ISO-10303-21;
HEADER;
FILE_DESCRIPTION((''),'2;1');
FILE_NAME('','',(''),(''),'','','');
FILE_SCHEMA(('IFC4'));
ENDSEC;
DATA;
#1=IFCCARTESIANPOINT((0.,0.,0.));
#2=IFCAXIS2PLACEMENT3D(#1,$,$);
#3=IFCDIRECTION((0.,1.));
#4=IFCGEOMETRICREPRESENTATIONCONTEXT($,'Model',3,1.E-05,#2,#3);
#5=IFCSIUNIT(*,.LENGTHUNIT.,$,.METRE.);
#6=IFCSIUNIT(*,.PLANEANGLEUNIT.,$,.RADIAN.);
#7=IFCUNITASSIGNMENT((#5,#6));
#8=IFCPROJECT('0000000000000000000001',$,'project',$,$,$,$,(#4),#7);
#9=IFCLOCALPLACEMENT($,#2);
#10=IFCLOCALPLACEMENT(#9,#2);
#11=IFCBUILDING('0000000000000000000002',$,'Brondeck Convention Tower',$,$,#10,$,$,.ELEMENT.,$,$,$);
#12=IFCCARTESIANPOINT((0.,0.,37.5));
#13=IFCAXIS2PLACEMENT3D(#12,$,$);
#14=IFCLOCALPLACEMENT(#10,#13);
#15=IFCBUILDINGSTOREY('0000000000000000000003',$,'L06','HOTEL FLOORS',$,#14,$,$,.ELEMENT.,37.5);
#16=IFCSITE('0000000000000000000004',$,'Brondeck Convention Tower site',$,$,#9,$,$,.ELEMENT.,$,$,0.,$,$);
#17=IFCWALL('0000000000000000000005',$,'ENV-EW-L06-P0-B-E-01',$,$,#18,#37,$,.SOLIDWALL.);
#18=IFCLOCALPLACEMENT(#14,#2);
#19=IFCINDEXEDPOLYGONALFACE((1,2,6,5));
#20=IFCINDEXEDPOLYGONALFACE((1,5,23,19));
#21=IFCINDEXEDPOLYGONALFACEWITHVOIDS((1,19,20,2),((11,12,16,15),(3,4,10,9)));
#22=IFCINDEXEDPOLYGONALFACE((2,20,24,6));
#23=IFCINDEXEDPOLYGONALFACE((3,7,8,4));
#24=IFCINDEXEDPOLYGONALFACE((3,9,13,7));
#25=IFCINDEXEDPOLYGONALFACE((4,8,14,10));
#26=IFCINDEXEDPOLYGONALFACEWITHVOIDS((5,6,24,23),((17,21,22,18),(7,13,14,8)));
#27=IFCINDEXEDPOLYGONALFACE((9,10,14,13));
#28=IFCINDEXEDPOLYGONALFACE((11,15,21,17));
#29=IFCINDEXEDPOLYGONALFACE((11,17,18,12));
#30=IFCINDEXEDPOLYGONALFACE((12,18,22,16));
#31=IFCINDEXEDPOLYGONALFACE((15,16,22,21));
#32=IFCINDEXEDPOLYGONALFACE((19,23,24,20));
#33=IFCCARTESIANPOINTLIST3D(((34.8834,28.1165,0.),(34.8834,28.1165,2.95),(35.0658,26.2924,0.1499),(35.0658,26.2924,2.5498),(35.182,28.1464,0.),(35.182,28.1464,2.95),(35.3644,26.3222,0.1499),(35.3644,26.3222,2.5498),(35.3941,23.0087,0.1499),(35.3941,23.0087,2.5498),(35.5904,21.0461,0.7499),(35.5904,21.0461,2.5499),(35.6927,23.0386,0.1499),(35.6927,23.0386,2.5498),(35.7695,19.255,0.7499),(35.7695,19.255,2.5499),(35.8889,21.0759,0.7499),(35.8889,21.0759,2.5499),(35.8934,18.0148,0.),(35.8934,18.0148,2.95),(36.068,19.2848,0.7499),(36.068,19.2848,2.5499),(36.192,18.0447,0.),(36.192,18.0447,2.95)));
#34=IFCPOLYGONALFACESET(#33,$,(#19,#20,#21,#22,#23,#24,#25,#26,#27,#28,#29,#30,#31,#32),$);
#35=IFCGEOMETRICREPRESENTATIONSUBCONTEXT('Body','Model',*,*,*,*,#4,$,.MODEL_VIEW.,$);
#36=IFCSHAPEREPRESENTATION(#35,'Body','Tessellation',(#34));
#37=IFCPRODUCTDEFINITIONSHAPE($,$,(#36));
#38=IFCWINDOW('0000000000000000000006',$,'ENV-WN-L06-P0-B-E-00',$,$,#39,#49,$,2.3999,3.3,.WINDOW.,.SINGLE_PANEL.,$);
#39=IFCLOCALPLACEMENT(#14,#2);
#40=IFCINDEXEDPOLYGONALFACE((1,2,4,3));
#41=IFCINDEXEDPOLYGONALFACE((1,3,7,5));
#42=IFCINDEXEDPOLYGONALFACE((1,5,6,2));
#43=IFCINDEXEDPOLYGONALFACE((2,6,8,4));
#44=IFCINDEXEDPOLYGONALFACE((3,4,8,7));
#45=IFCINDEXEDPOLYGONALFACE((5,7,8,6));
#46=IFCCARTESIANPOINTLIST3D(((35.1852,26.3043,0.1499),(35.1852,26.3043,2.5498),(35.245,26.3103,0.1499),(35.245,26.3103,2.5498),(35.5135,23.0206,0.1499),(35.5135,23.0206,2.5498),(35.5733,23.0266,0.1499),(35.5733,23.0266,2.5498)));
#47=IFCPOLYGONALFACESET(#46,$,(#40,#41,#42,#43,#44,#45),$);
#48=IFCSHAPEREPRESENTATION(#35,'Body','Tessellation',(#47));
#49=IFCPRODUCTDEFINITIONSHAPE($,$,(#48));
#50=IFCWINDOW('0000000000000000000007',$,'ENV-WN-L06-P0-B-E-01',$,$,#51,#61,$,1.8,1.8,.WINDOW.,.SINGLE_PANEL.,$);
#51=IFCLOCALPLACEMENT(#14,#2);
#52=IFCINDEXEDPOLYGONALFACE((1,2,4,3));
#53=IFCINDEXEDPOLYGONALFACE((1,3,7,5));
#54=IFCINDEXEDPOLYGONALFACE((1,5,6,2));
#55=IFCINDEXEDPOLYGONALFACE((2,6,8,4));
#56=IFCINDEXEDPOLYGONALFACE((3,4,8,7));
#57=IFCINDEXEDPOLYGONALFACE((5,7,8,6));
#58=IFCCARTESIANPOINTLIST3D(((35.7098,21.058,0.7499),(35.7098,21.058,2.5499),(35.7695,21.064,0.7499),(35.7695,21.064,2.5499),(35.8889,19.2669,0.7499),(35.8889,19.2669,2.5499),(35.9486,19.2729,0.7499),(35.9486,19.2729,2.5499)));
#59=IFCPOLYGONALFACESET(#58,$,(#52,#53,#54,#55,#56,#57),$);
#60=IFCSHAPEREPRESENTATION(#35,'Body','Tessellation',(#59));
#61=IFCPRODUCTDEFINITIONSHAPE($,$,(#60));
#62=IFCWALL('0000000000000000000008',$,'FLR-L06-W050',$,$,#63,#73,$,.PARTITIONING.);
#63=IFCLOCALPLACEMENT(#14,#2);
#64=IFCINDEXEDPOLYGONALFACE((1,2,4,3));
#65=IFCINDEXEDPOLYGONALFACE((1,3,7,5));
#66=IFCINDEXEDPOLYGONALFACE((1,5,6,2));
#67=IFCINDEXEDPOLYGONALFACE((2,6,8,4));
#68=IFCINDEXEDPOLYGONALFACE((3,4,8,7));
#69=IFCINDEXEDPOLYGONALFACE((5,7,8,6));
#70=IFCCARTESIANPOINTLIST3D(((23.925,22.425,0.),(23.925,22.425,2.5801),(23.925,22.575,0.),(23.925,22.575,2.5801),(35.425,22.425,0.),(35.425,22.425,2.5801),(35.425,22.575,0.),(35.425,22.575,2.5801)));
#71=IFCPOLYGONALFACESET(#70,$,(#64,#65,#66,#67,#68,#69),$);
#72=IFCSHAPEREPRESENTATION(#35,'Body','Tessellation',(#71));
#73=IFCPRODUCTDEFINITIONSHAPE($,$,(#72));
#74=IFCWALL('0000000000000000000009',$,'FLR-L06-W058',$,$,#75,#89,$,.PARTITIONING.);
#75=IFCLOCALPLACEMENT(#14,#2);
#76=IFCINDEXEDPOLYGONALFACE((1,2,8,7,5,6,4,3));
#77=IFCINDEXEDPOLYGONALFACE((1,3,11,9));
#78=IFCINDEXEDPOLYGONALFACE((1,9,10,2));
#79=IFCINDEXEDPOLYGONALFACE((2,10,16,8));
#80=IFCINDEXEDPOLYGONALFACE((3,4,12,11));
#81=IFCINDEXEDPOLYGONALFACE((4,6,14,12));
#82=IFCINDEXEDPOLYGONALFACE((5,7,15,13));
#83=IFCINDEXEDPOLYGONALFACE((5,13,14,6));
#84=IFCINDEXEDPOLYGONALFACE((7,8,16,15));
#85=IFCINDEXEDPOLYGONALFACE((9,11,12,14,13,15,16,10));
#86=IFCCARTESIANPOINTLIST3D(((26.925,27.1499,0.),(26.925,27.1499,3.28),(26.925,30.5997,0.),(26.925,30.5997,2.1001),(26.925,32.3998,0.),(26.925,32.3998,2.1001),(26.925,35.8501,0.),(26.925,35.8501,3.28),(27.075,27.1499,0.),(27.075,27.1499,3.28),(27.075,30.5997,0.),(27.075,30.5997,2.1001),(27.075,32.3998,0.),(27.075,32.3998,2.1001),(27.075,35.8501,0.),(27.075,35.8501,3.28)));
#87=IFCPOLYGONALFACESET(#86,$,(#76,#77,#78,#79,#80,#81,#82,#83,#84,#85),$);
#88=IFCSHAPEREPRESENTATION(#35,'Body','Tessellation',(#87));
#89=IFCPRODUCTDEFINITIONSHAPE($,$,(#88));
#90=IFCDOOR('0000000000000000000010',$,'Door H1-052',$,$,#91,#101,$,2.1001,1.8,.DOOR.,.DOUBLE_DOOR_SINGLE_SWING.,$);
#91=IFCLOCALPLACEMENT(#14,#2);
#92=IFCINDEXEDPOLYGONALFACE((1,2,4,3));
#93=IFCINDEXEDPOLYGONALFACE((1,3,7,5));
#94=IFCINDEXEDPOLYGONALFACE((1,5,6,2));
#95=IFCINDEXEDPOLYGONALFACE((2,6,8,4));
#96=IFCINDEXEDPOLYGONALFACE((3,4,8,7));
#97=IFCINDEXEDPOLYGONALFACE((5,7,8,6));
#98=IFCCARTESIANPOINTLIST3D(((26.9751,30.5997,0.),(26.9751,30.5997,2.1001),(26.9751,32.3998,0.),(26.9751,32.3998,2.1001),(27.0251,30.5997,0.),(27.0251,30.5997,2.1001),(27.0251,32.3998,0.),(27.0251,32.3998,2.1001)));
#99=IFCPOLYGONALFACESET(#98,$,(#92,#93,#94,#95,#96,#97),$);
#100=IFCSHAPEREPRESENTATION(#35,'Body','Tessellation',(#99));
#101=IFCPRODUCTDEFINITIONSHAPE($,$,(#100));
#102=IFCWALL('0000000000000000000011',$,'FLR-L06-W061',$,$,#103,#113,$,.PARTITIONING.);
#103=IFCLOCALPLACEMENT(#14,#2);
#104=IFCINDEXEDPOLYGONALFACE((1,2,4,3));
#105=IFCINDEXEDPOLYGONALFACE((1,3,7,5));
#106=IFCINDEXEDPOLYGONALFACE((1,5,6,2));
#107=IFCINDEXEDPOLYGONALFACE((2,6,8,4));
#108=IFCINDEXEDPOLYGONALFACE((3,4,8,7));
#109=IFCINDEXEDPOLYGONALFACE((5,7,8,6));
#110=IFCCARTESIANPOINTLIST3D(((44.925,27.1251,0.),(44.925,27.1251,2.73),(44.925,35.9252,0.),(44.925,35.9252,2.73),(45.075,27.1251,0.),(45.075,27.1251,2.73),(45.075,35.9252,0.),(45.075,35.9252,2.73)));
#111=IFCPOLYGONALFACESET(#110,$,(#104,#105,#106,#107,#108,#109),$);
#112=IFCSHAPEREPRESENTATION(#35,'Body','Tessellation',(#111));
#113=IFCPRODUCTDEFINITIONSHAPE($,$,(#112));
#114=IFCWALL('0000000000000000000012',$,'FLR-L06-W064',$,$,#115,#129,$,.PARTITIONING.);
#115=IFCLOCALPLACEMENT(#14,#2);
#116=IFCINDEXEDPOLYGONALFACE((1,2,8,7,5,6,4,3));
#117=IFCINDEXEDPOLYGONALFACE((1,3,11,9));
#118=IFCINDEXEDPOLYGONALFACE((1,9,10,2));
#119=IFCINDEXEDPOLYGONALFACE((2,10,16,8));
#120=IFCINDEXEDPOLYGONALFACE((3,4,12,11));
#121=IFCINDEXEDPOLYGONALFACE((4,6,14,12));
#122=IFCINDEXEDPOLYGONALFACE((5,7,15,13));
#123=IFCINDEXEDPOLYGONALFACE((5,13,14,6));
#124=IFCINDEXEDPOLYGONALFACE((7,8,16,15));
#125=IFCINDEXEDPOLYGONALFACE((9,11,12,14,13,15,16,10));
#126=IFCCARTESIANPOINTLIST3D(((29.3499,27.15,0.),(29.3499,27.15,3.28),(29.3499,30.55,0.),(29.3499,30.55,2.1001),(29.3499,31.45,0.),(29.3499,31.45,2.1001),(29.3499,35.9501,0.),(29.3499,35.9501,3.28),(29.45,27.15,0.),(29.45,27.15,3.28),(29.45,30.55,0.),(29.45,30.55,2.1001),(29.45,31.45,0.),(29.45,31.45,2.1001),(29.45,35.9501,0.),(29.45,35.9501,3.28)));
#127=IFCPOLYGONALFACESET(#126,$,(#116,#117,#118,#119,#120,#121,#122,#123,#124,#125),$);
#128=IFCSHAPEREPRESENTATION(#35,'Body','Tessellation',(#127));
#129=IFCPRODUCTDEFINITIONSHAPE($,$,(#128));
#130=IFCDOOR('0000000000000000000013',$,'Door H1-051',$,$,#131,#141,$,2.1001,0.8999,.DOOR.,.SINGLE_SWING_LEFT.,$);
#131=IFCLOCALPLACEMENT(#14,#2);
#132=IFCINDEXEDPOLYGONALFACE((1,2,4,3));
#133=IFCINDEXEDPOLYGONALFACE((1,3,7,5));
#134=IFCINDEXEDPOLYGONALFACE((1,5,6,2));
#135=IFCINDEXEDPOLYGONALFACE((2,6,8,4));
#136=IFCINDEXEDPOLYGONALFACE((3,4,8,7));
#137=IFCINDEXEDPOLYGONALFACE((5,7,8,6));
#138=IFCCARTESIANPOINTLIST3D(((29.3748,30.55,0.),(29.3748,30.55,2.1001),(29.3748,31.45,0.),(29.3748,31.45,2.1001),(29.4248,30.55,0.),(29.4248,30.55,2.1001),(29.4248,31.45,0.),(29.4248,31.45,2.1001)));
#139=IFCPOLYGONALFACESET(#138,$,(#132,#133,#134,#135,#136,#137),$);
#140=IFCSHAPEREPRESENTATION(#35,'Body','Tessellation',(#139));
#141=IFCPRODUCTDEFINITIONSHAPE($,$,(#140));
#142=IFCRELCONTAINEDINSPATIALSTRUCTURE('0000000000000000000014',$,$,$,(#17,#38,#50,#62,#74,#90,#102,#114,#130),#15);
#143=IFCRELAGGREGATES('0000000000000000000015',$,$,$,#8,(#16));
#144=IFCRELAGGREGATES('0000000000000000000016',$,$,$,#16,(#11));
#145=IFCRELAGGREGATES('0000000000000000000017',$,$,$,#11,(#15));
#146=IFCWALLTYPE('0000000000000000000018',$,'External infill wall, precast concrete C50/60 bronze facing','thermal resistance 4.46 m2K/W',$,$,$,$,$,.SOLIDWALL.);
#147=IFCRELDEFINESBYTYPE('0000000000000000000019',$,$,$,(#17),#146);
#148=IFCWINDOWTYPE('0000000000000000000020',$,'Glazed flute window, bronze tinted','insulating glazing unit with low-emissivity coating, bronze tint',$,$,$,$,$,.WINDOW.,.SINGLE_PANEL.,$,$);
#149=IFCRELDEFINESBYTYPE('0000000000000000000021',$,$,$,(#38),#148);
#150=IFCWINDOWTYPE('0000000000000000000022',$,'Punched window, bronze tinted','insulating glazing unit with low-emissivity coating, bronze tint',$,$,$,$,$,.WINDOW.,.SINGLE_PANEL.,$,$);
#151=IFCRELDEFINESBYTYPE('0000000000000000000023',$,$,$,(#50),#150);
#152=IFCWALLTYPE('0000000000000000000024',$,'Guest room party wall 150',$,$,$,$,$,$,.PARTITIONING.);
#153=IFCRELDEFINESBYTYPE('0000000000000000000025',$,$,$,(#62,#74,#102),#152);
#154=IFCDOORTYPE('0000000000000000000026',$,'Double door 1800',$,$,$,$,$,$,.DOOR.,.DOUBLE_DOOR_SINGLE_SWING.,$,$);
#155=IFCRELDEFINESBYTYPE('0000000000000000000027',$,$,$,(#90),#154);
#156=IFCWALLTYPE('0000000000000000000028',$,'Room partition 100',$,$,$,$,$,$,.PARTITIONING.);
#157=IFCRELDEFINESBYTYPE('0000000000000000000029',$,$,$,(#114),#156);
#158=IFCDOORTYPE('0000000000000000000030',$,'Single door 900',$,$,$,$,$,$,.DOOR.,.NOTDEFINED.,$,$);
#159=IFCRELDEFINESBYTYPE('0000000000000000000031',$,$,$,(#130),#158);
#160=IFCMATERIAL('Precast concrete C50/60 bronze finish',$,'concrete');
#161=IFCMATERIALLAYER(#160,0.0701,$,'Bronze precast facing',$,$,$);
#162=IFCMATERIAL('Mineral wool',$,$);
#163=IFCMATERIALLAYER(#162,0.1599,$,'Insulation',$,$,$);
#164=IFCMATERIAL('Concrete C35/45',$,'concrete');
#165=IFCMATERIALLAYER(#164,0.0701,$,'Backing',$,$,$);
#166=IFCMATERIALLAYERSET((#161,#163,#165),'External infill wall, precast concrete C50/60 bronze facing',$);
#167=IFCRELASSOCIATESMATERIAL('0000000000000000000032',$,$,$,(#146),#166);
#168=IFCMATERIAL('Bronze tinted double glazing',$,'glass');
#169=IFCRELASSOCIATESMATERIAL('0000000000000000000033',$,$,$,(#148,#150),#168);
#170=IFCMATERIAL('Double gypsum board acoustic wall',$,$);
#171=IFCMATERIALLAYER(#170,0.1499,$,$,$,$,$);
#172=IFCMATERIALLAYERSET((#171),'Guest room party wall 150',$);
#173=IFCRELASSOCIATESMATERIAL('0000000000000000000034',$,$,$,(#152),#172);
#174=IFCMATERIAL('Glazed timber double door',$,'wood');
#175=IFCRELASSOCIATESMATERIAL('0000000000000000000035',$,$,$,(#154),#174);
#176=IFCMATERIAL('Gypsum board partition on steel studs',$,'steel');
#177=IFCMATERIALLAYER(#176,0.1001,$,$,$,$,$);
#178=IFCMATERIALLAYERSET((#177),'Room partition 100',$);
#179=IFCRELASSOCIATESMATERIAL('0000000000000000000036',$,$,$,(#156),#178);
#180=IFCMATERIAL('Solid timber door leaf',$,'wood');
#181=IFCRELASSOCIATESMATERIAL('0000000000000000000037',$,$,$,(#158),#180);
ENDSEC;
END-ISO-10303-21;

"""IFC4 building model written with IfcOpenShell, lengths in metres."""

from ifc_helpers import new_model, si_unit, direction, frame, frame_2d, origin, place, context, subcontext, project, spatial, rectangle, extrude, material, layer, layer_set, type_object, element, fill, save


model = new_model("IFC4")

# Units and contexts
model_context = context("Model", 3, precision=1e-05, world=origin(), true_north=direction((0.0, 1.0)))
body_context = subcontext(model_context, "Body", "Model", "MODEL_VIEW")
ifc_project = project(units=[si_unit("LENGTHUNIT", "METRE"), si_unit("PLANEANGLEUNIT", "RADIAN")], contexts=[model_context])

# Site, building, storey
site_placement = place(None, origin())
site = spatial("IfcSite", under=ifc_project, at=site_placement, Name="Brondeck Convention Tower site", CompositionType="ELEMENT", RefElevation=0.0)
building_placement = place(site_placement, origin())
building = spatial("IfcBuilding", under=site, at=building_placement, Name="Brondeck Convention Tower", CompositionType="ELEMENT")
storey_placement = place(building_placement, frame((0.0, 0.0, 37.5)))
storey = spatial("IfcBuildingStorey", under=building, at=storey_placement, Name="L06", Description="HOTEL FLOORS", CompositionType="ELEMENT", Elevation=37.5)

# Wall, openings, windows
ifc_material_1 = material(Name="Precast concrete C50/60 bronze finish", Category="concrete")
ifc_layer_1 = layer(ifc_material_1, 0.0701, Name="Bronze precast facing")
ifc_material_2 = material(Name="Mineral wool")
ifc_layer_2 = layer(ifc_material_2, 0.1599, Name="Insulation")
ifc_material_3 = material(Name="Concrete C35/45", Category="concrete")
ifc_layer_3 = layer(ifc_material_3, 0.0701, Name="Backing")
ifc_layer_set_1 = layer_set([ifc_layer_1, ifc_layer_2, ifc_layer_3], Name="External infill wall, precast concrete C50/60 bronze facing")
wall_type_1 = type_object("IfcWallType", Name="External infill wall, precast concrete C50/60 bronze facing", Description="thermal resistance 4.46 m2K/W", PredefinedType="SOLIDWALL", material=ifc_layer_set_1)
wall_1_placement = place(storey_placement, frame((35.0327, 28.1316, 0.0), z_axis=(0.0, 0.0, 1.0), x_axis=(0.099487, -0.995039, 0.0)))
wall_1 = element("IfcWall", 1, at=wall_1_placement, inside=storey, type_object=wall_type_1, Name="ENV-EW-L06-P0-B-E-01", PredefinedType="SOLIDWALL", context=body_context, shape_type="SweptSolid", body=[
    extrude(rectangle(XDim=10.1521, YDim=0.3, at=frame_2d((5.0762, 0.0))), origin(), (0.0, 0.0, 1.0), 2.95),
])
opening_1_placement = place(wall_1_placement, frame((1.8335, 0.0, 0.1499)))
opening_1 = element("IfcOpeningElement", 2, at=opening_1_placement, cuts=wall_1, PredefinedType="OPENING", context=body_context, shape_type="SweptSolid", body=[
    extrude(rectangle(XDim=3.3, YDim=2.3999, at=frame_2d((1.6499, 1.2))), frame((0.0, 0.1599, 0.0), z_axis=(0.0, -1.0, 0.0), x_axis=(1.0, 0.0, 0.0)), (0.0, 0.0, 1.0), 0.3201),
])
opening_2_placement = place(wall_1_placement, frame((7.106, 0.0, 0.75)))
opening_2 = element("IfcOpeningElement", 3, at=opening_2_placement, cuts=wall_1, PredefinedType="OPENING", context=body_context, shape_type="SweptSolid", body=[
    extrude(rectangle(XDim=1.8, YDim=1.8, at=frame_2d((0.8999, 0.8999))), frame((0.0, 0.1599, 0.0), z_axis=(0.0, -1.0, 0.0), x_axis=(1.0, 0.0, 0.0)), (0.0, 0.0, 1.0), 0.3201),
])
ifc_material_4 = material(Name="Bronze tinted double glazing", Category="glass")
window_type_1 = type_object("IfcWindowType", Name="Glazed flute window, bronze tinted", Description="insulating glazing unit with low-emissivity coating, bronze tint", PartitioningType="SINGLE_PANEL", PredefinedType="WINDOW", material=ifc_material_4)
window_1_placement = place(opening_1_placement, origin())
window_1 = element("IfcWindow", 4, at=window_1_placement, inside=storey, type_object=window_type_1, Name="ENV-WN-L06-P0-B-E-00", OverallHeight=2.3999, OverallWidth=3.3, PartitioningType="SINGLE_PANEL", PredefinedType="WINDOW", context=body_context, shape_type="SweptSolid", body=[
    extrude(rectangle(XDim=3.3, YDim=2.3999, at=frame_2d((1.6499, 1.2))), frame((0.0, 0.03, 0.0), z_axis=(0.0, -1.0, 0.0), x_axis=(1.0, 0.0, 0.0)), (0.0, 0.0, 1.0), 0.0601),
])
fill(opening_1, window_1)
window_type_2 = type_object("IfcWindowType", Name="Punched window, bronze tinted", Description="insulating glazing unit with low-emissivity coating, bronze tint", PartitioningType="SINGLE_PANEL", PredefinedType="WINDOW", material=ifc_material_4)
window_2_placement = place(opening_2_placement, origin())
window_2 = element("IfcWindow", 5, at=window_2_placement, inside=storey, type_object=window_type_2, Name="ENV-WN-L06-P0-B-E-01", OverallHeight=1.8, OverallWidth=1.8, PartitioningType="SINGLE_PANEL", PredefinedType="WINDOW", context=body_context, shape_type="SweptSolid", body=[
    extrude(rectangle(XDim=1.8, YDim=1.8, at=frame_2d((0.8999, 0.8999))), frame((0.0, 0.03, 0.0), z_axis=(0.0, -1.0, 0.0), x_axis=(1.0, 0.0, 0.0)), (0.0, 0.0, 1.0), 0.0601),
])
fill(opening_2, window_2)

# Wall
ifc_material_5 = material(Name="Double gypsum board acoustic wall")
ifc_layer_4 = layer(ifc_material_5, 0.1499)
ifc_layer_set_2 = layer_set([ifc_layer_4], Name="Guest room party wall 150")
wall_type_2 = type_object("IfcWallType", Name="Guest room party wall 150", PredefinedType="PARTITIONING", material=ifc_layer_set_2)
wall_2_placement = place(storey_placement, frame((35.425, 22.5, 0.0), z_axis=(0.0, 0.0, 1.0), x_axis=(-1.0, 0.0, 0.0)))
element("IfcWall", 6, at=wall_2_placement, inside=storey, type_object=wall_type_2, Name="FLR-L06-W050", PredefinedType="PARTITIONING", context=body_context, shape_type="SweptSolid", body=[
    extrude(rectangle(XDim=11.5, YDim=0.1499, at=frame_2d((5.75, 0.0))), origin(), (0.0, 0.0, 1.0), 2.5801),
])

# Wall, opening, door
wall_3_placement = place(storey_placement, frame((27.0, 27.1499, 0.0), z_axis=(0.0, 0.0, 1.0), x_axis=(0.0, 1.0, 0.0)))
wall_3 = element("IfcWall", 7, at=wall_3_placement, inside=storey, type_object=wall_type_2, Name="FLR-L06-W058", PredefinedType="PARTITIONING", context=body_context, shape_type="SweptSolid", body=[
    extrude(rectangle(XDim=8.7002, YDim=0.1499, at=frame_2d((4.3501, 0.0))), origin(), (0.0, 0.0, 1.0), 3.28),
])
opening_3_placement = place(wall_3_placement, frame((3.45, 0.0, 0.0)))
opening_3 = element("IfcOpeningElement", 8, at=opening_3_placement, cuts=wall_3, PredefinedType="OPENING", context=body_context, shape_type="SweptSolid", body=[
    extrude(rectangle(XDim=1.8, YDim=2.1001, at=frame_2d((0.8999, 1.05))), frame((0.0, 0.085, 0.0), z_axis=(0.0, -1.0, 0.0), x_axis=(1.0, 0.0, 0.0)), (0.0, 0.0, 1.0), 0.1699),
])
ifc_material_6 = material(Name="Glazed timber double door", Category="wood")
door_type_1 = type_object("IfcDoorType", Name="Double door 1800", OperationType="DOUBLE_DOOR_SINGLE_SWING", PredefinedType="DOOR", material=ifc_material_6)
door_1_placement = place(opening_3_placement, origin())
door_1 = element("IfcDoor", 9, at=door_1_placement, inside=storey, type_object=door_type_1, Name="Door H1-052", OperationType="DOUBLE_DOOR_SINGLE_SWING", OverallHeight=2.1001, OverallWidth=1.8, PredefinedType="DOOR", context=body_context, shape_type="SweptSolid", body=[
    extrude(rectangle(XDim=1.8, YDim=2.1001, at=frame_2d((0.8999, 1.05))), frame((0.0, 0.0249, 0.0), z_axis=(0.0, -1.0, 0.0), x_axis=(1.0, 0.0, 0.0)), (0.0, 0.0, 1.0), 0.05),
])
fill(opening_3, door_1)

# Wall
wall_4_placement = place(storey_placement, frame((45.0, 35.925, 0.0), z_axis=(0.0, 0.0, 1.0), x_axis=(0.0, -1.0, 0.0)))
element("IfcWall", 10, at=wall_4_placement, inside=storey, type_object=wall_type_2, Name="FLR-L06-W061", PredefinedType="PARTITIONING", context=body_context, shape_type="SweptSolid", body=[
    extrude(rectangle(XDim=8.8, YDim=0.1499, at=frame_2d((4.3999, 0.0))), origin(), (0.0, 0.0, 1.0), 2.73),
])

# Wall, opening, door
ifc_material_7 = material(Name="Gypsum board partition on steel studs", Category="steel")
ifc_layer_5 = layer(ifc_material_7, 0.1001)
ifc_layer_set_3 = layer_set([ifc_layer_5], Name="Room partition 100")
wall_type_3 = type_object("IfcWallType", Name="Room partition 100", PredefinedType="PARTITIONING", material=ifc_layer_set_3)
wall_5_placement = place(storey_placement, frame((29.3999, 35.95, 0.0), z_axis=(0.0, 0.0, 1.0), x_axis=(0.0, -1.0, 0.0)))
wall_5 = element("IfcWall", 11, at=wall_5_placement, inside=storey, type_object=wall_type_3, Name="FLR-L06-W064", PredefinedType="PARTITIONING", context=body_context, shape_type="SweptSolid", body=[
    extrude(rectangle(XDim=8.8, YDim=0.1001, at=frame_2d((4.3999, 0.0))), origin(), (0.0, 0.0, 1.0), 3.28),
])
opening_4_placement = place(wall_5_placement, frame((4.5, 0.0, 0.0)))
opening_4 = element("IfcOpeningElement", 12, at=opening_4_placement, cuts=wall_5, PredefinedType="OPENING", context=body_context, shape_type="SweptSolid", body=[
    extrude(rectangle(XDim=0.8999, YDim=2.1001, at=frame_2d((0.45, 1.05))), frame((0.0, 0.0601, 0.0), z_axis=(0.0, -1.0, 0.0), x_axis=(1.0, 0.0, 0.0)), (0.0, 0.0, 1.0), 0.1201),
])
ifc_material_8 = material(Name="Solid timber door leaf", Category="wood")
door_type_2 = type_object("IfcDoorType", Name="Single door 900", OperationType="NOTDEFINED", PredefinedType="DOOR", material=ifc_material_8)
door_2_placement = place(opening_4_placement, origin())
door_2 = element("IfcDoor", 13, at=door_2_placement, inside=storey, type_object=door_type_2, Name="Door H1-051", OperationType="SINGLE_SWING_LEFT", OverallHeight=2.1001, OverallWidth=0.8999, PredefinedType="DOOR", context=body_context, shape_type="SweptSolid", body=[
    extrude(rectangle(XDim=0.8999, YDim=2.1001, at=frame_2d((0.45, 1.05))), frame((0.0, 0.0249, 0.0), z_axis=(0.0, -1.0, 0.0), x_axis=(1.0, 0.0, 0.0)), (0.0, 0.0, 1.0), 0.05),
])
fill(opening_4, door_2)

save(model, "model.ifc")
